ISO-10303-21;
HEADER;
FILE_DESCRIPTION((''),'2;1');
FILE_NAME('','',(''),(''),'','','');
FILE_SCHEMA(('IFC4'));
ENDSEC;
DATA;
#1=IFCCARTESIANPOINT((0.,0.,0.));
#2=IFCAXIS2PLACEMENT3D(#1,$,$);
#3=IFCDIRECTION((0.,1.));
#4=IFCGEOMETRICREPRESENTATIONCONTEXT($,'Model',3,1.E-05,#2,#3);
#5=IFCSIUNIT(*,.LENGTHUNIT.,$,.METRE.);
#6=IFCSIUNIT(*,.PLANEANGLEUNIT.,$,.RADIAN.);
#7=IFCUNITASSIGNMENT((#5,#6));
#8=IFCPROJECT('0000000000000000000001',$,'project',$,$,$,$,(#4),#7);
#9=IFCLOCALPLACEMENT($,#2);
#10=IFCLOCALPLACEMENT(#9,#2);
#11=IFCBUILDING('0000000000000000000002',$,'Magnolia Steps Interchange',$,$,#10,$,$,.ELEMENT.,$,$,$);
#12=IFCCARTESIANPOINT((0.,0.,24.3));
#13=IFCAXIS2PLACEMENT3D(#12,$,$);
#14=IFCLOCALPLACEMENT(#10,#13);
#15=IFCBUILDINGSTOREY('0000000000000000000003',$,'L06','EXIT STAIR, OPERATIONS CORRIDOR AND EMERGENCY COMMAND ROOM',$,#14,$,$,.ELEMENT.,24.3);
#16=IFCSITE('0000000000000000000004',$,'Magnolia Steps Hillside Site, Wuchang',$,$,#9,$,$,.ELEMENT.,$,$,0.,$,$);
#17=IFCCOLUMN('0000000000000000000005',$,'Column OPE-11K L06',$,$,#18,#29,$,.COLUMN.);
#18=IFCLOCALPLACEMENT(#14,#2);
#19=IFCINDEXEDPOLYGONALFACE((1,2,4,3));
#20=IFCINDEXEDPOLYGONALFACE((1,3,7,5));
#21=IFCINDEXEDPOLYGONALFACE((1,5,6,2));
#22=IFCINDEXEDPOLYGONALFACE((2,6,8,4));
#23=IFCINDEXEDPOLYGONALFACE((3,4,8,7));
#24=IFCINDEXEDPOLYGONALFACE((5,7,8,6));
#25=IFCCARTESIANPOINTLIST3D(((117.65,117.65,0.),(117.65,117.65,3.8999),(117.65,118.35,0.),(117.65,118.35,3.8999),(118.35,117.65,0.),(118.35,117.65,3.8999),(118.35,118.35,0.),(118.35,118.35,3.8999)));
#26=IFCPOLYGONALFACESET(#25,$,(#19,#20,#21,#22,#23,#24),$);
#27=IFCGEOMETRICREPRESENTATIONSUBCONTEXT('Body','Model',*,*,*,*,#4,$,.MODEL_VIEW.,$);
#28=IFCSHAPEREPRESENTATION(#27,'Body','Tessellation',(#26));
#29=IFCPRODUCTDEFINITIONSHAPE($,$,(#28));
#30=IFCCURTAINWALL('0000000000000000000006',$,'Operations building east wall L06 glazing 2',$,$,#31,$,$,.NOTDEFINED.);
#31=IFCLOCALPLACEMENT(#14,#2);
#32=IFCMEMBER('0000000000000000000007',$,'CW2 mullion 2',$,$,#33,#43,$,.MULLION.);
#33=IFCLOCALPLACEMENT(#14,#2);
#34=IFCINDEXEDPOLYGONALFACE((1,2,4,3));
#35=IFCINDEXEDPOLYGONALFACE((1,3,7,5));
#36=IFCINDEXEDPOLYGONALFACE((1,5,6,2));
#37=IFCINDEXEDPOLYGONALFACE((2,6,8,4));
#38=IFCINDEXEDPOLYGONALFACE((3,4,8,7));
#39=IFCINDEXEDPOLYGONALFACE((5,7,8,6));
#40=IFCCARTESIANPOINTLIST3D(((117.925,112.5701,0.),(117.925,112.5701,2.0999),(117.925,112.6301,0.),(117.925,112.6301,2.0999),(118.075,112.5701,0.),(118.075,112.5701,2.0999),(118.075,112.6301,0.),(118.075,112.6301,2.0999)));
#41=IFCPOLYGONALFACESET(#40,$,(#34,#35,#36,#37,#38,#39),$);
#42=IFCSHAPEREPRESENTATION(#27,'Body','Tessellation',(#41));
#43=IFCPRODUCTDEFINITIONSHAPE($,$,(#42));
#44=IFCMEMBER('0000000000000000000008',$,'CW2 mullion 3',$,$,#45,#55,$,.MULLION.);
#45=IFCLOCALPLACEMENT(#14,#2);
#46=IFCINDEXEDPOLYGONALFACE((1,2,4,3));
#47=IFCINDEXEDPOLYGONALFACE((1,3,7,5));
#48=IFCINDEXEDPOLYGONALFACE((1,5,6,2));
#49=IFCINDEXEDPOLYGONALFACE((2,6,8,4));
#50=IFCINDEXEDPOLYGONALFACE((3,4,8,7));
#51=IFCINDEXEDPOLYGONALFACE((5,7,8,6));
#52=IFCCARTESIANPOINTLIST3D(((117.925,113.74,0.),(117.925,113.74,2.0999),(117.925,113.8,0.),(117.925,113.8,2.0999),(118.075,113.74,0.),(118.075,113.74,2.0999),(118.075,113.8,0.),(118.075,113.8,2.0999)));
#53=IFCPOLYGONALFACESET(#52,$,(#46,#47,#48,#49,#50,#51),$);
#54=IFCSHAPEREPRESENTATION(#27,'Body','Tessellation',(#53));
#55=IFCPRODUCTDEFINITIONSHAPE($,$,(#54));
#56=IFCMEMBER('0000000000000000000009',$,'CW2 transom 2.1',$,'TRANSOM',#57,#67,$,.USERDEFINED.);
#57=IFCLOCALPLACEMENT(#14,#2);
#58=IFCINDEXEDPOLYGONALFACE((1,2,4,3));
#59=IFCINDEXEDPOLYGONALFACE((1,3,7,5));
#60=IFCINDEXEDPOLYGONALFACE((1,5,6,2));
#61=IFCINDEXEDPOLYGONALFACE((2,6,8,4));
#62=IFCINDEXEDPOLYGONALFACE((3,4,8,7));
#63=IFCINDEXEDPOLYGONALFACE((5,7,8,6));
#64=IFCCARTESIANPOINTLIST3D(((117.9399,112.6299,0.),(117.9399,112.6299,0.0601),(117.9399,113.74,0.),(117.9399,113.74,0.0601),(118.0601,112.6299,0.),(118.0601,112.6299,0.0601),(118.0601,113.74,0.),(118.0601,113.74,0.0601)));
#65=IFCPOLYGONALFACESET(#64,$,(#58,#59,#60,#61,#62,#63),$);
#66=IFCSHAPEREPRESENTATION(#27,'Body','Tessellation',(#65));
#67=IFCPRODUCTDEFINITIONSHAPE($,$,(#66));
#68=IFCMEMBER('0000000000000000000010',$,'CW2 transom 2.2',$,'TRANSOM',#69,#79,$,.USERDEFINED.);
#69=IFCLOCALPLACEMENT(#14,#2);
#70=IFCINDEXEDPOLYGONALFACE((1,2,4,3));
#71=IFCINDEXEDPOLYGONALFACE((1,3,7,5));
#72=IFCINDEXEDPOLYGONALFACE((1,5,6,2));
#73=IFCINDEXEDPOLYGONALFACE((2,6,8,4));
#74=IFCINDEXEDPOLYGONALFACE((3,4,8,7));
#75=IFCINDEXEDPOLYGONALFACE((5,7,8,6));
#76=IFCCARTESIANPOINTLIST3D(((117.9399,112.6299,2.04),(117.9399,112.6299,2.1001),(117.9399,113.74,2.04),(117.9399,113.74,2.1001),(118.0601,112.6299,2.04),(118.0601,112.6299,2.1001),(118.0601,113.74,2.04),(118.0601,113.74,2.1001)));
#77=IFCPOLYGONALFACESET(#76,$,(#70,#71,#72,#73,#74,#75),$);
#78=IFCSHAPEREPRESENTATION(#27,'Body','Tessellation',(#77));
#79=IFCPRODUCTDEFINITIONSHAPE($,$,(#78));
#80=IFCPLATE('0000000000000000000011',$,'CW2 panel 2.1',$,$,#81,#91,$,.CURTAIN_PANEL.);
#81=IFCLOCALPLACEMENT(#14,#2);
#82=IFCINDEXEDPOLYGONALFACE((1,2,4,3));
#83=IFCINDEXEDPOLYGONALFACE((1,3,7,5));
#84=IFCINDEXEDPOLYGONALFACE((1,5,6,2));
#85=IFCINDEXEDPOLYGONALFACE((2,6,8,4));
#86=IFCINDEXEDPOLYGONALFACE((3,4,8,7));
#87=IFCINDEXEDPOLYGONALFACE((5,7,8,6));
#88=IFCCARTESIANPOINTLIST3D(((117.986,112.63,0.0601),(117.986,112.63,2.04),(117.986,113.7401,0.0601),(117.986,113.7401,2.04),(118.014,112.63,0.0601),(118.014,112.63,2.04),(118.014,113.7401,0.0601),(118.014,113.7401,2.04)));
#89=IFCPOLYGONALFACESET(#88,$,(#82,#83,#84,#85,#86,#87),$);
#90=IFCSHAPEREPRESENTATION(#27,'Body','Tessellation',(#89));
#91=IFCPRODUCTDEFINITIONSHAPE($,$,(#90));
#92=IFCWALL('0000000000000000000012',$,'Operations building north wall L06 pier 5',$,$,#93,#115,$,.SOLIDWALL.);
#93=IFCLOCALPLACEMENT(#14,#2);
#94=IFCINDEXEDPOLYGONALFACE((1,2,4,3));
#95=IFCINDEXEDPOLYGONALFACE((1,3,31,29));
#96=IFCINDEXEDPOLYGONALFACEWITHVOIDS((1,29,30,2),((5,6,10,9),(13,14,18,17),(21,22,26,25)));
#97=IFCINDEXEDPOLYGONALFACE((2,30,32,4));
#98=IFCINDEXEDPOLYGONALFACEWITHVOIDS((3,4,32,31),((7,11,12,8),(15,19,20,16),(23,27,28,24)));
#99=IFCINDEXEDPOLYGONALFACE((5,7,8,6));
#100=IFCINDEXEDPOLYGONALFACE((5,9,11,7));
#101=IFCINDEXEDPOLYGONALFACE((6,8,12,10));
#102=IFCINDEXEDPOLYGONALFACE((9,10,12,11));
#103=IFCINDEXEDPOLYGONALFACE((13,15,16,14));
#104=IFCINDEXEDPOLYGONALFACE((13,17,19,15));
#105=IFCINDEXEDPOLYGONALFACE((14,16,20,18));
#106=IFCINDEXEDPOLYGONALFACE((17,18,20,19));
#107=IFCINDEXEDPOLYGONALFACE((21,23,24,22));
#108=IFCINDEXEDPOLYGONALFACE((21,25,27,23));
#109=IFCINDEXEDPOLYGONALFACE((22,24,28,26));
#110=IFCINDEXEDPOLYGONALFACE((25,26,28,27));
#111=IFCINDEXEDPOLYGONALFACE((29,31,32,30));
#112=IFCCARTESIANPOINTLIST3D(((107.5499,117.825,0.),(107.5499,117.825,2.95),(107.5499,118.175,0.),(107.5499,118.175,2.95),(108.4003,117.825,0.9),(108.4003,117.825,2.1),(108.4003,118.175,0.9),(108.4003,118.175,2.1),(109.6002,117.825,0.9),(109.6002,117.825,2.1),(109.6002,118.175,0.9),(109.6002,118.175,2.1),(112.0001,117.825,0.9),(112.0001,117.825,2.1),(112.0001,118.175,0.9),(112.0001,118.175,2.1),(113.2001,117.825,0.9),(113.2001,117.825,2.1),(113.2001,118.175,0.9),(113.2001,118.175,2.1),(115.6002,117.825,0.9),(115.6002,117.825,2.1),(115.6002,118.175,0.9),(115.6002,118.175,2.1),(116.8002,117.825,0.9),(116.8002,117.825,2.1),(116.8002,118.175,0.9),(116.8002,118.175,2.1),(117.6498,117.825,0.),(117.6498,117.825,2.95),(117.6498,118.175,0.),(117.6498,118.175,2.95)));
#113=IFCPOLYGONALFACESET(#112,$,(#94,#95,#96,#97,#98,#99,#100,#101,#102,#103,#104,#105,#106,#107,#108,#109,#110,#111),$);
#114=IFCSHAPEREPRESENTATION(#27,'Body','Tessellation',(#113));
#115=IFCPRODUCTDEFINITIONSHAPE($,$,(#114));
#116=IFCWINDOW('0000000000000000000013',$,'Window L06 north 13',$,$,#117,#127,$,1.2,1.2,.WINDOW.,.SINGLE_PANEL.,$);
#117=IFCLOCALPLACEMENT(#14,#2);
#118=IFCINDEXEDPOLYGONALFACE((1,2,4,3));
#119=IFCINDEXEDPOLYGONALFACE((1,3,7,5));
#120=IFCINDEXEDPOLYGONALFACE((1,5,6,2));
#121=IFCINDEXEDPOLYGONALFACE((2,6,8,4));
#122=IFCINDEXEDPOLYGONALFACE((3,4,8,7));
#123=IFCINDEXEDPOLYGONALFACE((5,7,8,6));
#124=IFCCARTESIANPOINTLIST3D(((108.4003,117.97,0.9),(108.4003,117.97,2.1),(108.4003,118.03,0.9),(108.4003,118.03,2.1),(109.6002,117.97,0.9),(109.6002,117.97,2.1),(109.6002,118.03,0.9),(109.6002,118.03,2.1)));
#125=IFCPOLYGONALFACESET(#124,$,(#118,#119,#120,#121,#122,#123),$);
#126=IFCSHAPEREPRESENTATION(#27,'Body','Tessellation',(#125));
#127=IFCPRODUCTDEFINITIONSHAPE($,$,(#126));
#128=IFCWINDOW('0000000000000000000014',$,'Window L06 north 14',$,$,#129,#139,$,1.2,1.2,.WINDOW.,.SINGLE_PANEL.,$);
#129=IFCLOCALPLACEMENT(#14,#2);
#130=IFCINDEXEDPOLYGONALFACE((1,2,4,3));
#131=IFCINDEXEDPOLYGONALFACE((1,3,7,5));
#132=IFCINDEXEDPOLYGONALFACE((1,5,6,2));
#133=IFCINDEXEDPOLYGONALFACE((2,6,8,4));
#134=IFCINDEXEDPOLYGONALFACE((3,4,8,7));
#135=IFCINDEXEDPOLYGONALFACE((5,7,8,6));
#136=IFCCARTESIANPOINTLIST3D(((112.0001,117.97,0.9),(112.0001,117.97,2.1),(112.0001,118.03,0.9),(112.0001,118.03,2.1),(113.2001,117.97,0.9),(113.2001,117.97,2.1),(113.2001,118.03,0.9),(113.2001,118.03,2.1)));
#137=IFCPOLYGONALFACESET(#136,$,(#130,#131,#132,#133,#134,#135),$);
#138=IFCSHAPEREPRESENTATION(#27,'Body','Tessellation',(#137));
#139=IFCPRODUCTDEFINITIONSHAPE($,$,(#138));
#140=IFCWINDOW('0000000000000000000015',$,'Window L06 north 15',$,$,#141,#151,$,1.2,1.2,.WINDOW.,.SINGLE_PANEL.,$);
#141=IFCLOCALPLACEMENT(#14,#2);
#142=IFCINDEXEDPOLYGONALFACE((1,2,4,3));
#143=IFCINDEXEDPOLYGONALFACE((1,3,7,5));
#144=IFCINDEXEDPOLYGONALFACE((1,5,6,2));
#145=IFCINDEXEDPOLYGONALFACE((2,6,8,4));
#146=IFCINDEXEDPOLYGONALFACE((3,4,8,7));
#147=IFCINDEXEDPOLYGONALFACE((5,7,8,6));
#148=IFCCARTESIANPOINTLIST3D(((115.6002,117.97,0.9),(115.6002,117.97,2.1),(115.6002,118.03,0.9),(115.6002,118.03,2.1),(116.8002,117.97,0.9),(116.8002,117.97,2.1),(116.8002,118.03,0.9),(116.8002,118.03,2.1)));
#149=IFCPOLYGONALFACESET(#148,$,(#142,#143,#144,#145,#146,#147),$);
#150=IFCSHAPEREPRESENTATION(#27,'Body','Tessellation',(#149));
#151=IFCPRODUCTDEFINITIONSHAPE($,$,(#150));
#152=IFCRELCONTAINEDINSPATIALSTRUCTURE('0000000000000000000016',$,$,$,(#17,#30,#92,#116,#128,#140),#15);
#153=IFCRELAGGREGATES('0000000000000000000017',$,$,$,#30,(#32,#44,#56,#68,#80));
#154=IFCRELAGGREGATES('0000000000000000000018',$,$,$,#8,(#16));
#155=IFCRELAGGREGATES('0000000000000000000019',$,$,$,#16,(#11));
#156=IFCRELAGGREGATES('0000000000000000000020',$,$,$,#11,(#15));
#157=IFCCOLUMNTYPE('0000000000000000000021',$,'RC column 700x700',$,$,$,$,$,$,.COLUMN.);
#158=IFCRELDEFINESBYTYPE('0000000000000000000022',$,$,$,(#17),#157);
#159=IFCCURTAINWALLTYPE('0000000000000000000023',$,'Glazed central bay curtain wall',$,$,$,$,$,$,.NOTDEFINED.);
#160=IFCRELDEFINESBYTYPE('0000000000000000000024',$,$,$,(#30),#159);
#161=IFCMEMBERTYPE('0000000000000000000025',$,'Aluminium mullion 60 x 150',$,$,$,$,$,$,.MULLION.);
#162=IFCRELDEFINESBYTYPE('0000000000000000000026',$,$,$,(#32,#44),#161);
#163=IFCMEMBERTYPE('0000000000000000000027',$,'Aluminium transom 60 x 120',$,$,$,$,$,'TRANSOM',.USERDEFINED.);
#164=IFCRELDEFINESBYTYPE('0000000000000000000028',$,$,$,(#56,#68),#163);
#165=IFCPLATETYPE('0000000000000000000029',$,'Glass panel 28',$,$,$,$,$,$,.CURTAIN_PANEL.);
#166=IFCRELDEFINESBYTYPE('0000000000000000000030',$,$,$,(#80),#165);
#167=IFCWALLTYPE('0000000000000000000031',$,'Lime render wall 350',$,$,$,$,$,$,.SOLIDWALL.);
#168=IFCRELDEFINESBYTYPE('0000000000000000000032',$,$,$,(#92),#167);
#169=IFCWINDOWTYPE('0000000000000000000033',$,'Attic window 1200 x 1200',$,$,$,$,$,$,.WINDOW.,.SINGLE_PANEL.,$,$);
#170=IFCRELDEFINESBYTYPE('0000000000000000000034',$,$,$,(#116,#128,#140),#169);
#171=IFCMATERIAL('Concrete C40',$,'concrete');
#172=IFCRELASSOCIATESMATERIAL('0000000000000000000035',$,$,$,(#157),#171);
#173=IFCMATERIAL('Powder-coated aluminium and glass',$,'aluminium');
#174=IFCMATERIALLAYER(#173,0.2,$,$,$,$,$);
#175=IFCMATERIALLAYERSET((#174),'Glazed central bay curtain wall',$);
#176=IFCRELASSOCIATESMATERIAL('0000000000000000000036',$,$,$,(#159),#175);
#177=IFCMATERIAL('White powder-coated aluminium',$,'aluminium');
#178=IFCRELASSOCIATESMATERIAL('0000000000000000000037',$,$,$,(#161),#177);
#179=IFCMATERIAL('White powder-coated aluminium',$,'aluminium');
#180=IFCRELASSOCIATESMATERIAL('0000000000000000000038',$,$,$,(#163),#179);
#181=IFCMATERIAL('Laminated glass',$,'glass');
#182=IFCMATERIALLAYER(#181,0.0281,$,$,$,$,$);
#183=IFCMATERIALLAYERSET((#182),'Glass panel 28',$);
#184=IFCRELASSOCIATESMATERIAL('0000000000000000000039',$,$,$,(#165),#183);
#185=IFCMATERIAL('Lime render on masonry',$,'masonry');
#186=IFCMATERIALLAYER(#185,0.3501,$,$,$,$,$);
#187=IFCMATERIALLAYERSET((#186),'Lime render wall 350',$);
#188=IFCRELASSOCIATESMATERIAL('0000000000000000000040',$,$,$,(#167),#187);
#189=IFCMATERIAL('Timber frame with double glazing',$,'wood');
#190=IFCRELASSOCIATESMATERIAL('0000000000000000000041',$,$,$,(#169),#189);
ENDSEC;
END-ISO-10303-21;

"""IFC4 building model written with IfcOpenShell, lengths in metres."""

from ifc_helpers import new_model, si_unit, direction, frame, frame_2d, origin, origin_2d, place, context, subcontext, project, spatial, rectangle, extrude, material, layer, layer_set, material_profile, profile_set, type_object, element, fill, aggregate, save


model = new_model("IFC4")

# Units and contexts
model_context = context("Model", 3, precision=1e-05, world=origin(), true_north=direction((0.0, 1.0)))
body_context = subcontext(model_context, "Body", "Model", "MODEL_VIEW")
ifc_project = project(units=[si_unit("LENGTHUNIT", "METRE"), si_unit("PLANEANGLEUNIT", "RADIAN")], contexts=[model_context])

# Site, building, storey
site_placement = place(None, origin())
site = spatial("IfcSite", under=ifc_project, at=site_placement, Name="Magnolia Steps Hillside Site, Wuchang", CompositionType="ELEMENT", RefElevation=0.0)
building_placement = place(site_placement, origin())
building = spatial("IfcBuilding", under=site, at=building_placement, Name="Magnolia Steps Interchange", CompositionType="ELEMENT")
storey_placement = place(building_placement, frame((0.0, 0.0, 24.3)))
storey = spatial("IfcBuildingStorey", under=building, at=storey_placement, Name="L06", Description="EXIT STAIR, OPERATIONS CORRIDOR AND EMERGENCY COMMAND ROOM", CompositionType="ELEMENT", Elevation=24.3)

# Column
ifc_material_1 = material(Name="Concrete C40", Category="concrete")
ifc_material_profile_1 = material_profile(ifc_material_1, rectangle(XDim=0.7, YDim=0.7, at=origin_2d()), Name="RC700x700")
ifc_profile_set_1 = profile_set([ifc_material_profile_1], Name="Concrete C40")
column_type = type_object("IfcColumnType", Name="RC column 700x700", PredefinedType="COLUMN", material=ifc_profile_set_1)
column_placement = place(storey_placement, frame((118.0, 118.0, 0.0), z_axis=(0.0, 0.0, 1.0), x_axis=(1.0, 0.0, 0.0)))
element("IfcColumn", 1, at=column_placement, inside=storey, type_object=column_type, Name="Column OPE-11K L06", PredefinedType="COLUMN", context=body_context, shape_type="SweptSolid", body=[
    extrude(rectangle(XDim=0.7, YDim=0.7, at=origin_2d()), origin(), (0.0, 0.0, 1.0), 3.8999),
])

# Curtain wall, members, plate
ifc_material_2 = material(Name="Powder-coated aluminium and glass", Category="aluminium")
ifc_layer_1 = layer(ifc_material_2, 0.2)
ifc_layer_set_1 = layer_set([ifc_layer_1], Name="Glazed central bay curtain wall")
curtain_wall_type = type_object("IfcCurtainWallType", Name="Glazed central bay curtain wall", PredefinedType="NOTDEFINED", material=ifc_layer_set_1)
curtain_wall_placement = place(storey_placement, origin())
curtain_wall = element("IfcCurtainWall", 2, at=curtain_wall_placement, inside=storey, type_object=curtain_wall_type, Name="Operations building east wall L06 glazing 2", PredefinedType="NOTDEFINED")
ifc_material_3 = material(Name="White powder-coated aluminium", Category="aluminium")
ifc_material_profile_2 = material_profile(ifc_material_3, rectangle(XDim=0.0601, YDim=0.1499, at=origin_2d()), Name="Aluminium mullion 60 x 150")
ifc_profile_set_2 = profile_set([ifc_material_profile_2], Name="White powder-coated aluminium")
member_type_1 = type_object("IfcMemberType", Name="Aluminium mullion 60 x 150", PredefinedType="MULLION", material=ifc_profile_set_2)
member_1_placement = place(storey_placement, frame((118.0, 112.6001, 0.0), z_axis=(0.0, 0.0, 1.0), x_axis=(0.0, 1.0, 0.0)))
member_1 = element("IfcMember", 3, at=member_1_placement, type_object=member_type_1, Name="CW2 mullion 2", PredefinedType="MULLION", context=body_context, shape_type="SweptSolid", body=[
    extrude(rectangle(XDim=0.0601, YDim=0.1499, at=origin_2d()), origin(), (0.0, 0.0, 1.0), 2.0999),
])
member_2_placement = place(storey_placement, frame((118.0, 113.77, 0.0), z_axis=(0.0, 0.0, 1.0), x_axis=(0.0, 1.0, 0.0)))
member_2 = element("IfcMember", 4, at=member_2_placement, type_object=member_type_1, Name="CW2 mullion 3", PredefinedType="MULLION", context=body_context, shape_type="SweptSolid", body=[
    extrude(rectangle(XDim=0.0601, YDim=0.1499, at=origin_2d()), origin(), (0.0, 0.0, 1.0), 2.0999),
])
ifc_material_4 = material(Name="White powder-coated aluminium", Category="aluminium")
ifc_material_profile_3 = material_profile(ifc_material_4, rectangle(XDim=0.0601, YDim=0.1201, at=origin_2d()), Name="Aluminium transom 60 x 120")
ifc_profile_set_3 = profile_set([ifc_material_profile_3], Name="White powder-coated aluminium")
member_type_2 = type_object("IfcMemberType", Name="Aluminium transom 60 x 120", ElementType="TRANSOM", PredefinedType="USERDEFINED", material=ifc_profile_set_3)
member_3_placement = place(storey_placement, frame((118.0, 112.6299, 0.03), z_axis=(0.0, 1.0, 0.0), x_axis=(0.0, 0.0, 1.0)))
member_3 = element("IfcMember", 5, at=member_3_placement, type_object=member_type_2, Name="CW2 transom 2.1", ObjectType="TRANSOM", PredefinedType="USERDEFINED", context=body_context, shape_type="SweptSolid", body=[
    extrude(rectangle(XDim=0.0601, YDim=0.1201, at=origin_2d()), origin(), (0.0, 0.0, 1.0), 1.1101),
])
member_4_placement = place(storey_placement, frame((118.0, 112.6299, 2.0701), z_axis=(0.0, 1.0, 0.0), x_axis=(0.0, 0.0, 1.0)))
member_4 = element("IfcMember", 6, at=member_4_placement, type_object=member_type_2, Name="CW2 transom 2.2", ObjectType="TRANSOM", PredefinedType="USERDEFINED", context=body_context, shape_type="SweptSolid", body=[
    extrude(rectangle(XDim=0.0601, YDim=0.1201, at=origin_2d()), origin(), (0.0, 0.0, 1.0), 1.1101),
])
ifc_material_5 = material(Name="Laminated glass", Category="glass")
ifc_layer_2 = layer(ifc_material_5, 0.0281)
ifc_layer_set_2 = layer_set([ifc_layer_2], Name="Glass panel 28")
plate_type = type_object("IfcPlateType", Name="Glass panel 28", PredefinedType="CURTAIN_PANEL", material=ifc_layer_set_2)
plate_placement = place(storey_placement, frame((118.0, 113.1851, 0.0601), z_axis=(0.0, 0.0, 1.0), x_axis=(0.0, 1.0, 0.0)))
plate = element("IfcPlate", 7, at=plate_placement, type_object=plate_type, Name="CW2 panel 2.1", PredefinedType="CURTAIN_PANEL", context=body_context, shape_type="SweptSolid", body=[
    extrude(rectangle(XDim=1.1101, YDim=0.0281, at=origin_2d()), origin(), (0.0, 0.0, 1.0), 1.98),
])
aggregate(curtain_wall, [member_1, member_2, member_3, member_4, plate])

# Wall, openings, windows
ifc_material_6 = material(Name="Lime render on masonry", Category="masonry")
ifc_layer_3 = layer(ifc_material_6, 0.3501)
ifc_layer_set_3 = layer_set([ifc_layer_3], Name="Lime render wall 350")
wall_type = type_object("IfcWallType", Name="Lime render wall 350", PredefinedType="SOLIDWALL", material=ifc_layer_set_3)
wall_1_placement = place(storey_placement, frame((107.55, 118.0, 0.0), z_axis=(0.0, 0.0, 1.0), x_axis=(1.0, 0.0, 0.0)))
wall_1 = element("IfcWall", 8, at=wall_1_placement, inside=storey, type_object=wall_type, Name="Operations building north wall L06 pier 5", PredefinedType="SOLIDWALL", context=body_context, shape_type="SweptSolid", body=[
    extrude(rectangle(XDim=10.0999, YDim=0.3501, at=frame_2d((5.0498, 0.0))), origin(), (0.0, 0.0, 1.0), 2.95),
])
opening_1_placement = place(wall_1_placement, frame((0.8501, 0.0, 0.8999)))
opening_1 = element("IfcOpeningElement", 9, at=opening_1_placement, cuts=wall_1, PredefinedType="OPENING", context=body_context, shape_type="SweptSolid", body=[
    extrude(rectangle(XDim=1.2, YDim=1.2, at=frame_2d((0.6001, 0.6001))), frame((0.0, 0.1851, 0.0), z_axis=(0.0, -1.0, 0.0), x_axis=(1.0, 0.0, 0.0)), (0.0, 0.0, 1.0), 0.3701),
])
opening_2_placement = place(wall_1_placement, frame((4.45, 0.0, 0.8999)))
opening_2 = element("IfcOpeningElement", 10, at=opening_2_placement, cuts=wall_1, PredefinedType="OPENING", context=body_context, shape_type="SweptSolid", body=[
    extrude(rectangle(XDim=1.2, YDim=1.2, at=frame_2d((0.6001, 0.6001))), frame((0.0, 0.1851, 0.0), z_axis=(0.0, -1.0, 0.0), x_axis=(1.0, 0.0, 0.0)), (0.0, 0.0, 1.0), 0.3701),
])
opening_3_placement = place(wall_1_placement, frame((8.05, 0.0, 0.8999)))
opening_3 = element("IfcOpeningElement", 11, at=opening_3_placement, cuts=wall_1, PredefinedType="OPENING", context=body_context, shape_type="SweptSolid", body=[
    extrude(rectangle(XDim=1.2, YDim=1.2, at=frame_2d((0.6001, 0.6001))), frame((0.0, 0.1851, 0.0), z_axis=(0.0, -1.0, 0.0), x_axis=(1.0, 0.0, 0.0)), (0.0, 0.0, 1.0), 0.3701),
])
ifc_material_7 = material(Name="Timber frame with double glazing", Category="wood")
window_type = type_object("IfcWindowType", Name="Attic window 1200 x 1200", PartitioningType="SINGLE_PANEL", PredefinedType="WINDOW", material=ifc_material_7)
window_1_placement = place(opening_1_placement, origin())
window_1 = element("IfcWindow", 12, at=window_1_placement, inside=storey, type_object=window_type, Name="Window L06 north 13", OverallHeight=1.2, OverallWidth=1.2, PartitioningType="SINGLE_PANEL", PredefinedType="WINDOW", context=body_context, shape_type="SweptSolid", body=[
    extrude(rectangle(XDim=1.2, YDim=1.2, at=frame_2d((0.6001, 0.6001))), frame((0.0, 0.03, 0.0), z_axis=(0.0, -1.0, 0.0), x_axis=(1.0, 0.0, 0.0)), (0.0, 0.0, 1.0), 0.0601),
])
fill(opening_1, window_1)
window_2_placement = place(opening_2_placement, origin())
window_2 = element("IfcWindow", 13, at=window_2_placement, inside=storey, type_object=window_type, Name="Window L06 north 14", OverallHeight=1.2, OverallWidth=1.2, PartitioningType="SINGLE_PANEL", PredefinedType="WINDOW", context=body_context, shape_type="SweptSolid", body=[
    extrude(rectangle(XDim=1.2, YDim=1.2, at=frame_2d((0.6001, 0.6001))), frame((0.0, 0.03, 0.0), z_axis=(0.0, -1.0, 0.0), x_axis=(1.0, 0.0, 0.0)), (0.0, 0.0, 1.0), 0.0601),
])
fill(opening_2, window_2)
window_3_placement = place(opening_3_placement, origin())
window_3 = element("IfcWindow", 14, at=window_3_placement, inside=storey, type_object=window_type, Name="Window L06 north 15", OverallHeight=1.2, OverallWidth=1.2, PartitioningType="SINGLE_PANEL", PredefinedType="WINDOW", context=body_context, shape_type="SweptSolid", body=[
    extrude(rectangle(XDim=1.2, YDim=1.2, at=frame_2d((0.6001, 0.6001))), frame((0.0, 0.03, 0.0), z_axis=(0.0, -1.0, 0.0), x_axis=(1.0, 0.0, 0.0)), (0.0, 0.0, 1.0), 0.0601),
])
fill(opening_3, window_3)

save(model, "model.ifc")
